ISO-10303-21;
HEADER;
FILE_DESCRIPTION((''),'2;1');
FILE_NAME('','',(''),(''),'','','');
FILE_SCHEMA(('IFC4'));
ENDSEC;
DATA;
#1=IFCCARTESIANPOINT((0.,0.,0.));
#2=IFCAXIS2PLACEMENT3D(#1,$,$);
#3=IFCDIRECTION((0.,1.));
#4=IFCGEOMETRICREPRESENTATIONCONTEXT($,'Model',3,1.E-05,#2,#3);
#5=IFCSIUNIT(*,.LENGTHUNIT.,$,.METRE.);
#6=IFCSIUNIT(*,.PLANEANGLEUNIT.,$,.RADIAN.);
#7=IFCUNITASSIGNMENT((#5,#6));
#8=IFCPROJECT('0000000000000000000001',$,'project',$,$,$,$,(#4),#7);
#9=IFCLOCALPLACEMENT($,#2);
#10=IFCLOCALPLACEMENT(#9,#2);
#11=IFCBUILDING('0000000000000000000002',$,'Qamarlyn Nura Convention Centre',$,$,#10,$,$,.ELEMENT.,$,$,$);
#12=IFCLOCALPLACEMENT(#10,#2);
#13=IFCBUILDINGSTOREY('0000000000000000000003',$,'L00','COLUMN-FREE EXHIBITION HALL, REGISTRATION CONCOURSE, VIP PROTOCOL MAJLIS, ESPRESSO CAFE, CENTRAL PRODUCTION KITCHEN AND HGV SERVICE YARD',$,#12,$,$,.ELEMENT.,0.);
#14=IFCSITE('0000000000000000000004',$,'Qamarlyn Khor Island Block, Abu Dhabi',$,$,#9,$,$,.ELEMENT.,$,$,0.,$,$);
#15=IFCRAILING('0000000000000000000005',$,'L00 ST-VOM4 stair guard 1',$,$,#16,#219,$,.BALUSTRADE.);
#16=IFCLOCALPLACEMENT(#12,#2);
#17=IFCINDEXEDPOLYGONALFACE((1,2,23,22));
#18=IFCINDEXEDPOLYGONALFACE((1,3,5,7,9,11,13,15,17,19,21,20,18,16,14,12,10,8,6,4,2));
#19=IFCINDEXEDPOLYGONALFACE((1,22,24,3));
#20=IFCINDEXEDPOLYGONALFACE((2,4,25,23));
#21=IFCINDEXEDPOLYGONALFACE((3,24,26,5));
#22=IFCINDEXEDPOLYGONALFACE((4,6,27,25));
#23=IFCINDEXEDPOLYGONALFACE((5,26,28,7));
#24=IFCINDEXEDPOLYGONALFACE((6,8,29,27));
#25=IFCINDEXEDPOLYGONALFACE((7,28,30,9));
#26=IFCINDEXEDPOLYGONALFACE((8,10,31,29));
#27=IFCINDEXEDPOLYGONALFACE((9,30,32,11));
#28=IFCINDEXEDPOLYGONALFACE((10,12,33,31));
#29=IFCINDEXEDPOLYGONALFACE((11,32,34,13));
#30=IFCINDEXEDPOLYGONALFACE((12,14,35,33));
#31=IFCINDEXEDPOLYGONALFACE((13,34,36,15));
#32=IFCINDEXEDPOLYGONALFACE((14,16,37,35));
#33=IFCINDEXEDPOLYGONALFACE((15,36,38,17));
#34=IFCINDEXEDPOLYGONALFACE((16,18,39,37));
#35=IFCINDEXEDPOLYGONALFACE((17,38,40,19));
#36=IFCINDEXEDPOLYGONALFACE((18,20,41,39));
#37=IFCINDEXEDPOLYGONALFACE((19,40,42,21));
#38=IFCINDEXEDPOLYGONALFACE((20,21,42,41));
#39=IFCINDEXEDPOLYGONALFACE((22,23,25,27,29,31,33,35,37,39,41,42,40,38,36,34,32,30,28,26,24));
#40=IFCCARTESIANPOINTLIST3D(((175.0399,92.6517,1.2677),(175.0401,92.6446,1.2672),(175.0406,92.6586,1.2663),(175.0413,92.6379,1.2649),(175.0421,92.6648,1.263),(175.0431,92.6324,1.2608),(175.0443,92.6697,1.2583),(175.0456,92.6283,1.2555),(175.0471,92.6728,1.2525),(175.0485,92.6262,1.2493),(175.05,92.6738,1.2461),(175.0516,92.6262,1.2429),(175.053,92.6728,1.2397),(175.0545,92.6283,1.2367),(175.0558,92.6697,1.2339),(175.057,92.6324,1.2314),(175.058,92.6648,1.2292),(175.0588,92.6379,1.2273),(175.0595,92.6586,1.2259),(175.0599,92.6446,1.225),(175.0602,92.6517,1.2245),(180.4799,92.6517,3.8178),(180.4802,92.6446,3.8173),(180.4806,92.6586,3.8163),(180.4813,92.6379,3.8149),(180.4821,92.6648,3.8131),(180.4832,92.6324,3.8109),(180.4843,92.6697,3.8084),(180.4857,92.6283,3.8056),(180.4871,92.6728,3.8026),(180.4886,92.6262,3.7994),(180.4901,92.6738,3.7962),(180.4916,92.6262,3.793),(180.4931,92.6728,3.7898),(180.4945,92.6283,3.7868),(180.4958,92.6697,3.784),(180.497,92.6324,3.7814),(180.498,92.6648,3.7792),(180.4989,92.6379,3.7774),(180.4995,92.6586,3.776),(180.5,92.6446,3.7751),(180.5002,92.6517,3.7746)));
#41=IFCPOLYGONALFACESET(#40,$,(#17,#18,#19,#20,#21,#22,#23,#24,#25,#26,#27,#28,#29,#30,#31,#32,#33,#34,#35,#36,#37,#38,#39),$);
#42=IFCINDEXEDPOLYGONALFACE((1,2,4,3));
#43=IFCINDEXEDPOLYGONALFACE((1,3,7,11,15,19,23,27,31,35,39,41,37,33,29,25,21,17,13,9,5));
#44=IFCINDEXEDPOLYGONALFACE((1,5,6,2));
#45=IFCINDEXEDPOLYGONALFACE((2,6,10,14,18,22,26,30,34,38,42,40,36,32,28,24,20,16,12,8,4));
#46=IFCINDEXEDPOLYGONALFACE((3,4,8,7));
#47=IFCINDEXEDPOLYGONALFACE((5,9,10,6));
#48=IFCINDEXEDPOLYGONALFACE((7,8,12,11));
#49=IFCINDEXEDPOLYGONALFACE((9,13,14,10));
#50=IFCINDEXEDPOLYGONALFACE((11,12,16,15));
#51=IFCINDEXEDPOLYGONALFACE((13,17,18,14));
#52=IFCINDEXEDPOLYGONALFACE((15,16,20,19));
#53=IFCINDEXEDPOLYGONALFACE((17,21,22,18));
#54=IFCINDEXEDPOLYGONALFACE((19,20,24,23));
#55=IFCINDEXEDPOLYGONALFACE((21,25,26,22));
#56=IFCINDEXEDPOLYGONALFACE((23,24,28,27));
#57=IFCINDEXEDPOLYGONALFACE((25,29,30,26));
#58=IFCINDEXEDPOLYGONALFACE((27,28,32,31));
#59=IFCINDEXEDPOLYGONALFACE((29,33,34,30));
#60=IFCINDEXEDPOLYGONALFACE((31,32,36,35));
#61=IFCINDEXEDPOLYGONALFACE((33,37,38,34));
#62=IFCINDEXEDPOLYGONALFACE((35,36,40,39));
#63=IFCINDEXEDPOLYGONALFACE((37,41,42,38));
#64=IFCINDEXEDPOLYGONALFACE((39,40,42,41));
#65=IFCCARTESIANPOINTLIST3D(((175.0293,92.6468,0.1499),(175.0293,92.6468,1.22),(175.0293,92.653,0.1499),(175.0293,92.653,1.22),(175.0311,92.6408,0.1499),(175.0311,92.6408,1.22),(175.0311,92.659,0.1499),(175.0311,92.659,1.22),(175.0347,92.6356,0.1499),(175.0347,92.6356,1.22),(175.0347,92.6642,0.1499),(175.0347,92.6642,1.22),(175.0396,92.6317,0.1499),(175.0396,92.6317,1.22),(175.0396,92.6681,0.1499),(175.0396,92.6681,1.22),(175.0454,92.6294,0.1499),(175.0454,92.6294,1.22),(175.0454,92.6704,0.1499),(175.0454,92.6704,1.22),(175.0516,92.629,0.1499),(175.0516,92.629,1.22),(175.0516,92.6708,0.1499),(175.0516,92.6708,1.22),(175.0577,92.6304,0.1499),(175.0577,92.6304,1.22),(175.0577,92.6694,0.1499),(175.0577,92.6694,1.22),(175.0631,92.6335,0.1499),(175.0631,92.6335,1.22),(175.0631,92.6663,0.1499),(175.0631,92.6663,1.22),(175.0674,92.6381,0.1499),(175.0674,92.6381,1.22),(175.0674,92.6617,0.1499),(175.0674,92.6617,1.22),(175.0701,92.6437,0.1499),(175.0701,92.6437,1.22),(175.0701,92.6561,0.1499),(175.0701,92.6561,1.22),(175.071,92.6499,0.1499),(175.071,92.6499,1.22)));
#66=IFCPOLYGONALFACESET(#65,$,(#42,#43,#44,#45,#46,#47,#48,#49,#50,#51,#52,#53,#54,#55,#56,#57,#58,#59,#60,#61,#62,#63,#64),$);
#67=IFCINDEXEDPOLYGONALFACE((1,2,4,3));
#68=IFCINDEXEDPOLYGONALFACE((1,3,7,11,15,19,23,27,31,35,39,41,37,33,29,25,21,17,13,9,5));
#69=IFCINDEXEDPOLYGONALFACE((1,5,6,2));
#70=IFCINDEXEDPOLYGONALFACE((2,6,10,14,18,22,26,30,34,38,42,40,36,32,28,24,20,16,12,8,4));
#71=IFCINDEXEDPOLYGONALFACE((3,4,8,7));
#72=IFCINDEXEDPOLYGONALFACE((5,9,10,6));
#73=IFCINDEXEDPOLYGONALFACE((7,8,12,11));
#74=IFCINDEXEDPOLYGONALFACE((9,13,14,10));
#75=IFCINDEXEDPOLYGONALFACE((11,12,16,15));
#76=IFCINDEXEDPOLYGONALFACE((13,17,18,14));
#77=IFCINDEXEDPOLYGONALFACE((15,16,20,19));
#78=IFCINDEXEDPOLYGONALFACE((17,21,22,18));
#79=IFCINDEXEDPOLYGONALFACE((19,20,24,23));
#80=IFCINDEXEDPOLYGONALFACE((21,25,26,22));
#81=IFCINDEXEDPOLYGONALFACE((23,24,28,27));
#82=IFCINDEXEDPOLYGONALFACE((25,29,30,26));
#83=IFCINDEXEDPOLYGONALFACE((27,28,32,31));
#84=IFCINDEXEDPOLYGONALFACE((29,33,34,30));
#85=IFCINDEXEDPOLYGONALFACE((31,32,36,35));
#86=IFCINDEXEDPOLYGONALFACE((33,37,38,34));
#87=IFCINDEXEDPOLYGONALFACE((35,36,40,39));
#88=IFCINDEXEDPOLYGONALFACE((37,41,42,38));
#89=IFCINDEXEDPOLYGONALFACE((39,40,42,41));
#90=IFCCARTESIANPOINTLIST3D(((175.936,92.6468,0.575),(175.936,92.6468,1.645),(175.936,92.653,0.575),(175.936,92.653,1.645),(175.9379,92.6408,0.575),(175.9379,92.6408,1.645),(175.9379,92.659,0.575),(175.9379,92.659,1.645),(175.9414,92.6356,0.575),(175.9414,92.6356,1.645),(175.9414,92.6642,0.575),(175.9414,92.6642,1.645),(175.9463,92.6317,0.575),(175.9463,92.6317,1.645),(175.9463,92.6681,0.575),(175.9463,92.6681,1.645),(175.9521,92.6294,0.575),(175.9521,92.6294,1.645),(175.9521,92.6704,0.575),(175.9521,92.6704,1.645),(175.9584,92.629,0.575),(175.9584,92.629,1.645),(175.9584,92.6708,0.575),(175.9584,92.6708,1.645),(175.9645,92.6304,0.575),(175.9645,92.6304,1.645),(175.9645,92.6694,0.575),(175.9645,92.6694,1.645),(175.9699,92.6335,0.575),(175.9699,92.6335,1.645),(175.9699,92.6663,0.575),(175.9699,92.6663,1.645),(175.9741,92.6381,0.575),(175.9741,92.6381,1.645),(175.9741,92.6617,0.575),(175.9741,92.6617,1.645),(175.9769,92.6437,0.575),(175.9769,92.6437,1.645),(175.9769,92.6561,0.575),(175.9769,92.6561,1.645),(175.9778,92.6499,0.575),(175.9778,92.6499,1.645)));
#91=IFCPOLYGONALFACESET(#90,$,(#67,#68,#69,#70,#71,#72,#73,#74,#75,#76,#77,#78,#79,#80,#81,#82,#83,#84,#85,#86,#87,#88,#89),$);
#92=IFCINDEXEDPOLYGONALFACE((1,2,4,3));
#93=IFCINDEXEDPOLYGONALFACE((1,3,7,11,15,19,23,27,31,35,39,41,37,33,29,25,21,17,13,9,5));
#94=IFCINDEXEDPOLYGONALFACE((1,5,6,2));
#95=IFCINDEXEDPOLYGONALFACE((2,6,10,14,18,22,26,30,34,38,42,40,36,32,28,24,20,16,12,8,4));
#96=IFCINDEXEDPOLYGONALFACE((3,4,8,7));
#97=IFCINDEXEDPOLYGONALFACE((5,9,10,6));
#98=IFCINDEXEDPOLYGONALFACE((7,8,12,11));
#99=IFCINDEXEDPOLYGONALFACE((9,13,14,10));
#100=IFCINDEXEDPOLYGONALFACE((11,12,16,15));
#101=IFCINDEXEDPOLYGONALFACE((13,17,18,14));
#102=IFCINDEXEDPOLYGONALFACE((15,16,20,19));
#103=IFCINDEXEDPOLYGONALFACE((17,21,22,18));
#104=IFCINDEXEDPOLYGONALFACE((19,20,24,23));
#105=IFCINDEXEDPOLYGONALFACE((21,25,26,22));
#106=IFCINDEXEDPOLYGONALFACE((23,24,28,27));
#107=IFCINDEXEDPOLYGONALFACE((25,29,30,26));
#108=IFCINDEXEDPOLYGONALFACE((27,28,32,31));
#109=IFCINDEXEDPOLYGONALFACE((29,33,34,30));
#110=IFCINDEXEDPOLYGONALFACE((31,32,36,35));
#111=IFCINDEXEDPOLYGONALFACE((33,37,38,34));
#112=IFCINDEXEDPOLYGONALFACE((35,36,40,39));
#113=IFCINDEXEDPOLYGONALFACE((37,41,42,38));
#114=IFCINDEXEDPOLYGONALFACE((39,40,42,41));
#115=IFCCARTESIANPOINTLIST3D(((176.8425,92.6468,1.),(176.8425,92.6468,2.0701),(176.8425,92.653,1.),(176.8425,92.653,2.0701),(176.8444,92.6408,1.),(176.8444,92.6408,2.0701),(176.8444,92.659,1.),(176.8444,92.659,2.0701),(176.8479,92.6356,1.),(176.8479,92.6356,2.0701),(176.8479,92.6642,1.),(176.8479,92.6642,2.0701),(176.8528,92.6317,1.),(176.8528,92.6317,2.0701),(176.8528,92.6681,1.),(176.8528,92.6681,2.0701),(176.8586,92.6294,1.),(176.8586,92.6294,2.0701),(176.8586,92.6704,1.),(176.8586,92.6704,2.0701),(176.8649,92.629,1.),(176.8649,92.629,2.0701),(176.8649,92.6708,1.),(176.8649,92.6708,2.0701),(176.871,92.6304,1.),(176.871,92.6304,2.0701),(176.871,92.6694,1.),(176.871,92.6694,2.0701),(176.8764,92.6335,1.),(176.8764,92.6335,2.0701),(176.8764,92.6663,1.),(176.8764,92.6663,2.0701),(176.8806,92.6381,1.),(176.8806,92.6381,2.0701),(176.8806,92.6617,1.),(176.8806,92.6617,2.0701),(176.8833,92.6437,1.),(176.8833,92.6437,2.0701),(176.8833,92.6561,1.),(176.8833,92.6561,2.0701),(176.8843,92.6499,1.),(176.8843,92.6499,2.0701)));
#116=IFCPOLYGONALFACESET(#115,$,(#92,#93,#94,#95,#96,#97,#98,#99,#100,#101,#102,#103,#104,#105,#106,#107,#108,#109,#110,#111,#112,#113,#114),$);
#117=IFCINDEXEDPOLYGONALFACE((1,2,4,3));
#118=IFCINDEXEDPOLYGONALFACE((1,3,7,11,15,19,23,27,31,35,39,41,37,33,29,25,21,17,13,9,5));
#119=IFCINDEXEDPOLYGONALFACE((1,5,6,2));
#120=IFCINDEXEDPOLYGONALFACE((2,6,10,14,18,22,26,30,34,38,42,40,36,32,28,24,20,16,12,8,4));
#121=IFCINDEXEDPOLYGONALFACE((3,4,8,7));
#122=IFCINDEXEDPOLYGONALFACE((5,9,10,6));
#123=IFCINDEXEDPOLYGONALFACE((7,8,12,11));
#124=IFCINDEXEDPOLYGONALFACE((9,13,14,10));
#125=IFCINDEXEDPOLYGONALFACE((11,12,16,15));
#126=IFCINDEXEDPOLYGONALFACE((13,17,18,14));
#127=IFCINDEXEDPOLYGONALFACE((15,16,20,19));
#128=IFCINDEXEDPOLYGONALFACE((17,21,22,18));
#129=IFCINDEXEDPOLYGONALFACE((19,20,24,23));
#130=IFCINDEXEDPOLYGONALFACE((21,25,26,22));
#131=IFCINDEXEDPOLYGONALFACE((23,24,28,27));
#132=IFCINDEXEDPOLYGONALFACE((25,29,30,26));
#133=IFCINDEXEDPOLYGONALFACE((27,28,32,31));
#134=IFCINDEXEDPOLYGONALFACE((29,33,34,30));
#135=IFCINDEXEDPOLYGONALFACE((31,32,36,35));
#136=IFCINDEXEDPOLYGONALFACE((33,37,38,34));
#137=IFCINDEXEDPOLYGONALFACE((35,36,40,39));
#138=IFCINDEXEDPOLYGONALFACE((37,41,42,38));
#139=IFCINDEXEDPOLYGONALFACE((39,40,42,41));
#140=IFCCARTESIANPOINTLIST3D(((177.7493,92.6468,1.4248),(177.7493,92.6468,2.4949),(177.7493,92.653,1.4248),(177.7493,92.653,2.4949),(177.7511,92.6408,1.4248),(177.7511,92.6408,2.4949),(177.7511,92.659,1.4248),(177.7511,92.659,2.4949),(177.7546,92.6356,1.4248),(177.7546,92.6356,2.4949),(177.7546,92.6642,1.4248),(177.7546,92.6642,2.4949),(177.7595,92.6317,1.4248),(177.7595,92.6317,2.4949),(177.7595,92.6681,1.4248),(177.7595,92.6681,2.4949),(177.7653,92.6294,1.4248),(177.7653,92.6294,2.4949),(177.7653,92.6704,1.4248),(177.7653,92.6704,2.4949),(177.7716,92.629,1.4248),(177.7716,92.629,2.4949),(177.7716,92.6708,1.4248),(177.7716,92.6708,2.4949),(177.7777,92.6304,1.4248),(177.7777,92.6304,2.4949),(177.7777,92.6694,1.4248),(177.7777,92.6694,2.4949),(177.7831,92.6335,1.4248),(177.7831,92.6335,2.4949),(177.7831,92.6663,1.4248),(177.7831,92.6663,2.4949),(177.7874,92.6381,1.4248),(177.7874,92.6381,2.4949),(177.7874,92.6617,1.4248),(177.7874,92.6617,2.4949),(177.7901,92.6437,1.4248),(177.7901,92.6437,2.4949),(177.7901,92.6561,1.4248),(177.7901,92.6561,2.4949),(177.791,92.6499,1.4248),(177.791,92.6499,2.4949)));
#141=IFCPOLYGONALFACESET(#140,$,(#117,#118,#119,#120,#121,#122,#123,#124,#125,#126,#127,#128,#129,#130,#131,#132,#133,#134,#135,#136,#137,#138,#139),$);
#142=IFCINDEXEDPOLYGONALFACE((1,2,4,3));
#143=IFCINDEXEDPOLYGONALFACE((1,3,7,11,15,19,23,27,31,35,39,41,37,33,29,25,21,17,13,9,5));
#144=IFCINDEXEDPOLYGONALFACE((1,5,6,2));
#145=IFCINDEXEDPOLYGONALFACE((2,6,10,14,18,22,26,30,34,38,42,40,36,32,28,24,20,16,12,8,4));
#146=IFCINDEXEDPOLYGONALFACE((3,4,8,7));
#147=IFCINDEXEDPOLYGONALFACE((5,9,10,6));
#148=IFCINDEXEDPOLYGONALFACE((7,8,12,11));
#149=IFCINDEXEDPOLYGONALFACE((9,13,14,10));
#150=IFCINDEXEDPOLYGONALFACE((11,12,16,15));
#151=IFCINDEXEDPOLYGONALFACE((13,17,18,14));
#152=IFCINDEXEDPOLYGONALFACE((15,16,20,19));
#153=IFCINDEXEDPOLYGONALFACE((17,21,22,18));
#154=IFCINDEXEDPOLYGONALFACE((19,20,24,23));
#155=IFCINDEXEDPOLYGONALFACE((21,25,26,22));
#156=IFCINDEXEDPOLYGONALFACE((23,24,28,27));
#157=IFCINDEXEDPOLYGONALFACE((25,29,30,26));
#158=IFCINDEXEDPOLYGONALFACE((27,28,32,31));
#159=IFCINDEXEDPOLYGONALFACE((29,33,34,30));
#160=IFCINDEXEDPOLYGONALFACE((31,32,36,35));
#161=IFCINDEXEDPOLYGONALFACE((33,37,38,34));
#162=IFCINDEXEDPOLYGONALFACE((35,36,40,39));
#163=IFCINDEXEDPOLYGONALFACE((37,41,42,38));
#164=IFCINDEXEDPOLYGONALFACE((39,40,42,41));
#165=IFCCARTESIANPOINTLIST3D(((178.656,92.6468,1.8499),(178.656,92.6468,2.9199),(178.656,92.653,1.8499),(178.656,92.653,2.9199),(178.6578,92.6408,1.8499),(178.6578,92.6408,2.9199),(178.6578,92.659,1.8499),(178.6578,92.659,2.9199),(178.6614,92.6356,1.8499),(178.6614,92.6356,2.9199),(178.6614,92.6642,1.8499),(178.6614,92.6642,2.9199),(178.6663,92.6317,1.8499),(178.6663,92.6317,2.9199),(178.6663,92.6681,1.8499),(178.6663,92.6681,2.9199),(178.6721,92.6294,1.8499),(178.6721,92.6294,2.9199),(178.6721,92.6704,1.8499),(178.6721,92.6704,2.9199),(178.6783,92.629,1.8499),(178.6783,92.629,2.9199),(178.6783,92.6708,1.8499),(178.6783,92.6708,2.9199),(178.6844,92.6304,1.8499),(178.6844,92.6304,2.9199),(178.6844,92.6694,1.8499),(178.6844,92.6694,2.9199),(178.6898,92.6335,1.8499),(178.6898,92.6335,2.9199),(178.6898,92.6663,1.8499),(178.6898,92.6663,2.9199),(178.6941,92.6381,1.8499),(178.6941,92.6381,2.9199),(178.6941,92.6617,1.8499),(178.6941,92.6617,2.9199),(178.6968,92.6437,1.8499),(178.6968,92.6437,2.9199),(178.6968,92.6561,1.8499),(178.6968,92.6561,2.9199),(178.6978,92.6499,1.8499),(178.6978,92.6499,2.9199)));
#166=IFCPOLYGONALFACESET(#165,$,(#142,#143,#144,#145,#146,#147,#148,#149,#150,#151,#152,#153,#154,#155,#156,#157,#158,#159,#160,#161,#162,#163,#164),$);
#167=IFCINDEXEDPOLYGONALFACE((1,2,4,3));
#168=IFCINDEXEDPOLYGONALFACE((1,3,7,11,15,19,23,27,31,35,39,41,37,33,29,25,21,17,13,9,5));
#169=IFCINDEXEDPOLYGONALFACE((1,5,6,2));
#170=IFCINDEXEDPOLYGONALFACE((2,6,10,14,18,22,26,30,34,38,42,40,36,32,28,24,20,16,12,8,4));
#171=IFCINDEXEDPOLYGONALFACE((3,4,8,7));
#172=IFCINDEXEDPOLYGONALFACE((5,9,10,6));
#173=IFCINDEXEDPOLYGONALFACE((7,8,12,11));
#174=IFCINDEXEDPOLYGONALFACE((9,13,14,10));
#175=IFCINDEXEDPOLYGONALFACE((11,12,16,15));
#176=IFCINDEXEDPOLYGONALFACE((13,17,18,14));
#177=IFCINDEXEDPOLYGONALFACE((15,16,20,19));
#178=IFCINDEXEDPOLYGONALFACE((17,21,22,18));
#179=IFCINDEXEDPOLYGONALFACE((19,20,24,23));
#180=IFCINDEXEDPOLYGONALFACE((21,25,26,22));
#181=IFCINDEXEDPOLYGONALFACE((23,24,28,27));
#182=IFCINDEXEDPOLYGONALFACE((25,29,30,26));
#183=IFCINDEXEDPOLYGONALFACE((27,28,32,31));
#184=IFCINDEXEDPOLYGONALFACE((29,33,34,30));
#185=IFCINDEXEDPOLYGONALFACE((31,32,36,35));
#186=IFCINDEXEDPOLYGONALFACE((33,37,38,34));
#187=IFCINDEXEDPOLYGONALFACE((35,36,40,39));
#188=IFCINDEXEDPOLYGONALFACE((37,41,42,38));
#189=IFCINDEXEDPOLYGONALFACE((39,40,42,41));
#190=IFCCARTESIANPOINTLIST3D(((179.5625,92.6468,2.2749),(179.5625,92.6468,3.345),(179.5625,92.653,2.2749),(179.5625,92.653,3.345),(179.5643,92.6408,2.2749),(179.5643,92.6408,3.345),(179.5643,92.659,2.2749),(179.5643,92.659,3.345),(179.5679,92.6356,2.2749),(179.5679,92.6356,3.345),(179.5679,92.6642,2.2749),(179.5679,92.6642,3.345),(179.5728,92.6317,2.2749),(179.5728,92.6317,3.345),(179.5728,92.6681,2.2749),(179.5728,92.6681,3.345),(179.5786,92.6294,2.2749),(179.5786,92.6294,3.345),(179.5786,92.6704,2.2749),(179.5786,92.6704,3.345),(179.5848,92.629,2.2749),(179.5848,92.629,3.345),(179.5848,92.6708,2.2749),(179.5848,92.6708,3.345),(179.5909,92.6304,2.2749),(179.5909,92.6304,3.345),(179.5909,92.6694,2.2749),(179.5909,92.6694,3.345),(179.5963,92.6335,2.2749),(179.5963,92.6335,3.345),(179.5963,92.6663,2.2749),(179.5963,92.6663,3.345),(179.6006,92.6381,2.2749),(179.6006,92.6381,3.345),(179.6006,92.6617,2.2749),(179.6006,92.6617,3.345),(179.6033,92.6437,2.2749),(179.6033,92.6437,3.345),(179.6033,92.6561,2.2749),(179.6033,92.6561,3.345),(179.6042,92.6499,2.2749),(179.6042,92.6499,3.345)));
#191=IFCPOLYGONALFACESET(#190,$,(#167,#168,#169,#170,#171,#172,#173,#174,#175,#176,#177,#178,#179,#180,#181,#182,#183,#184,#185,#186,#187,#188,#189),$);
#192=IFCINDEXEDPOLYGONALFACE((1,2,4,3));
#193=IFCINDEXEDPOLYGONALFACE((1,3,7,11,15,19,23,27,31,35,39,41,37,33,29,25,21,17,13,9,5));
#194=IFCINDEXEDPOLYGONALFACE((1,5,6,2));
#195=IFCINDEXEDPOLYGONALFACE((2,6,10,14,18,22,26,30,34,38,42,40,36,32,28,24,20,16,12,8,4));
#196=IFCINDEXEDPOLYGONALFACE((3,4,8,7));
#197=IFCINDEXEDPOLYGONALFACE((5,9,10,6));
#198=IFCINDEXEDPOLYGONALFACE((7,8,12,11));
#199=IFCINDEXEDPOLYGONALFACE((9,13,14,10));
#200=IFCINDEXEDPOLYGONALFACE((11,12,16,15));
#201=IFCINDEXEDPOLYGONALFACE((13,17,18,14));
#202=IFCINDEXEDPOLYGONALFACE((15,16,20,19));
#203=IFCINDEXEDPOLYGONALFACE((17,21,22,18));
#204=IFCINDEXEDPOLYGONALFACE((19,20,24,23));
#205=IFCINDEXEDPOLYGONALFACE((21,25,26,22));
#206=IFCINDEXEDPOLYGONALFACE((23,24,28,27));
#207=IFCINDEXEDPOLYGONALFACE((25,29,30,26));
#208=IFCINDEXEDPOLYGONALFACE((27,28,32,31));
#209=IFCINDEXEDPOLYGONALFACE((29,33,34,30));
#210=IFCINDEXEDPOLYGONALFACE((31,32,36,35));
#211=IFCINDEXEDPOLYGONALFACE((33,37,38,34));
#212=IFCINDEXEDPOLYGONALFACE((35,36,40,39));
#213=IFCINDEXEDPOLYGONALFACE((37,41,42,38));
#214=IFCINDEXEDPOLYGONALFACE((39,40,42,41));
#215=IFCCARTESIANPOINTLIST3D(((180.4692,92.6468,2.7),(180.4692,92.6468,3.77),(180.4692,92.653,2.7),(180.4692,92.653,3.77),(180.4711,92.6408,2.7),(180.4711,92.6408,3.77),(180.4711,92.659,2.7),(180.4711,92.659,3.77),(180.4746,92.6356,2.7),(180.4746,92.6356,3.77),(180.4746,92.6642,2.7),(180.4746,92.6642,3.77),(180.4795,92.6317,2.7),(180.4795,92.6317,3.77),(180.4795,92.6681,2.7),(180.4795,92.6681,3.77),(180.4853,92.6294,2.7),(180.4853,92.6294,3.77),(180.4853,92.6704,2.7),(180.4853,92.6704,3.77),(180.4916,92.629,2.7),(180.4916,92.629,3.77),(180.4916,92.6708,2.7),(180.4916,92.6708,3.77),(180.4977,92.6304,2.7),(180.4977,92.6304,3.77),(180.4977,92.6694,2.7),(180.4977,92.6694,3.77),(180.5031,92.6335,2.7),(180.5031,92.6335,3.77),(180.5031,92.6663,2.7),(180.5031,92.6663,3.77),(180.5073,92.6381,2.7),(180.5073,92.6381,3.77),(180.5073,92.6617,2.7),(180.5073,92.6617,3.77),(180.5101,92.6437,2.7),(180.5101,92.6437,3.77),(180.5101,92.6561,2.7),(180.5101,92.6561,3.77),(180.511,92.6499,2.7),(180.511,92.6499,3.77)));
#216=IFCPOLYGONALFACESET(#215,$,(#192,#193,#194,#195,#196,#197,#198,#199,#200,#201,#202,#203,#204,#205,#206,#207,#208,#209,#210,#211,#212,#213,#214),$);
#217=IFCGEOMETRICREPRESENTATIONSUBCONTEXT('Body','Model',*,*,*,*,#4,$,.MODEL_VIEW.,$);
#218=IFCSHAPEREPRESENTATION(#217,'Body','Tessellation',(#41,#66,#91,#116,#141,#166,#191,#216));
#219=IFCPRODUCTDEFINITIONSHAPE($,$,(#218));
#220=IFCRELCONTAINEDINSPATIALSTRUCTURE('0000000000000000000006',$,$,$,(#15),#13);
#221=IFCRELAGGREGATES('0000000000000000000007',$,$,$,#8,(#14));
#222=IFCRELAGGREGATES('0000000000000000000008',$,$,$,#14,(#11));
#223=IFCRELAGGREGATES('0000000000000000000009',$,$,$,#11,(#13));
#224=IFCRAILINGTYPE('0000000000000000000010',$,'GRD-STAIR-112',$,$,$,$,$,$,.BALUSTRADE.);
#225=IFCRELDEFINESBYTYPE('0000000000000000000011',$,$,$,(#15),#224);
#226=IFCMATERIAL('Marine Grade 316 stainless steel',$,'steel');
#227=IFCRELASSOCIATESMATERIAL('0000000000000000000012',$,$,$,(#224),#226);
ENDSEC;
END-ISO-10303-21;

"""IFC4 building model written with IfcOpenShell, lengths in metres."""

from ifc_helpers import new_model, si_unit, direction, frame, origin, origin_2d, place, context, subcontext, project, spatial, circle, extrude, material, type_object, element, save


model = new_model("IFC4")

# Units and contexts
model_context = context("Model", 3, precision=1e-05, world=origin(), true_north=direction((0.0, 1.0)))
body_context = subcontext(model_context, "Body", "Model", "MODEL_VIEW")
ifc_project = project(units=[si_unit("LENGTHUNIT", "METRE"), si_unit("PLANEANGLEUNIT", "RADIAN")], contexts=[model_context])

# Site, building, storey
site_placement = place(None, origin())
site = spatial("IfcSite", under=ifc_project, at=site_placement, Name="Qamarlyn Khor Island Block, Abu Dhabi", CompositionType="ELEMENT", RefElevation=0.0)
building_placement = place(site_placement, origin())
building = spatial("IfcBuilding", under=site, at=building_placement, Name="Qamarlyn Nura Convention Centre", CompositionType="ELEMENT")
storey_placement = place(building_placement, origin())
storey = spatial("IfcBuildingStorey", under=building, at=storey_placement, Name="L00", Description="COLUMN-FREE EXHIBITION HALL, REGISTRATION CONCOURSE, VIP PROTOCOL MAJLIS, ESPRESSO CAFE, CENTRAL PRODUCTION KITCHEN AND HGV SERVICE YARD", CompositionType="ELEMENT", Elevation=0.0)

# Railing
ifc_material_1 = material(Name="Marine Grade 316 stainless steel", Category="steel")
railing_type_1 = type_object("IfcRailingType", Name="GRD-STAIR-112", PredefinedType="BALUSTRADE", material=ifc_material_1)
railing_1_placement = place(storey_placement, frame((175.05, 92.6499, 0.1499)))
element("IfcRailing", 1, at=railing_1_placement, inside=storey, type_object=railing_type_1, Name="L00 ST-VOM4 stair guard 1", PredefinedType="BALUSTRADE", context=body_context, shape_type="SweptSolid", body=[
    extrude(circle(Radius=0.0239, at=origin_2d()), frame((0.0, 0.0, 1.0962), z_axis=(0.905454, 0.0, 0.424444), x_axis=(0.0, 1.0, 0.0)), (0.0, 0.0, 1.0), 6.0081),
    extrude(circle(Radius=0.021, at=origin_2d()), origin(), (0.0, 0.0, 1.0), 1.0701),
    extrude(circle(Radius=0.021, at=origin_2d()), frame((0.9067, 0.0, 0.425)), (0.0, 0.0, 1.0), 1.0701),
    extrude(circle(Radius=0.021, at=origin_2d()), frame((1.8132, 0.0, 0.8501)), (0.0, 0.0, 1.0), 1.0701),
    extrude(circle(Radius=0.021, at=origin_2d()), frame((2.72, 0.0, 1.2749)), (0.0, 0.0, 1.0), 1.0701),
    extrude(circle(Radius=0.021, at=origin_2d()), frame((3.6267, 0.0, 1.7)), (0.0, 0.0, 1.0), 1.0701),
    extrude(circle(Radius=0.021, at=origin_2d()), frame((4.5332, 0.0, 2.125)), (0.0, 0.0, 1.0), 1.0701),
    extrude(circle(Radius=0.021, at=origin_2d()), frame((5.4399, 0.0, 2.55)), (0.0, 0.0, 1.0), 1.0701),
])

save(model, "model.ifc")
